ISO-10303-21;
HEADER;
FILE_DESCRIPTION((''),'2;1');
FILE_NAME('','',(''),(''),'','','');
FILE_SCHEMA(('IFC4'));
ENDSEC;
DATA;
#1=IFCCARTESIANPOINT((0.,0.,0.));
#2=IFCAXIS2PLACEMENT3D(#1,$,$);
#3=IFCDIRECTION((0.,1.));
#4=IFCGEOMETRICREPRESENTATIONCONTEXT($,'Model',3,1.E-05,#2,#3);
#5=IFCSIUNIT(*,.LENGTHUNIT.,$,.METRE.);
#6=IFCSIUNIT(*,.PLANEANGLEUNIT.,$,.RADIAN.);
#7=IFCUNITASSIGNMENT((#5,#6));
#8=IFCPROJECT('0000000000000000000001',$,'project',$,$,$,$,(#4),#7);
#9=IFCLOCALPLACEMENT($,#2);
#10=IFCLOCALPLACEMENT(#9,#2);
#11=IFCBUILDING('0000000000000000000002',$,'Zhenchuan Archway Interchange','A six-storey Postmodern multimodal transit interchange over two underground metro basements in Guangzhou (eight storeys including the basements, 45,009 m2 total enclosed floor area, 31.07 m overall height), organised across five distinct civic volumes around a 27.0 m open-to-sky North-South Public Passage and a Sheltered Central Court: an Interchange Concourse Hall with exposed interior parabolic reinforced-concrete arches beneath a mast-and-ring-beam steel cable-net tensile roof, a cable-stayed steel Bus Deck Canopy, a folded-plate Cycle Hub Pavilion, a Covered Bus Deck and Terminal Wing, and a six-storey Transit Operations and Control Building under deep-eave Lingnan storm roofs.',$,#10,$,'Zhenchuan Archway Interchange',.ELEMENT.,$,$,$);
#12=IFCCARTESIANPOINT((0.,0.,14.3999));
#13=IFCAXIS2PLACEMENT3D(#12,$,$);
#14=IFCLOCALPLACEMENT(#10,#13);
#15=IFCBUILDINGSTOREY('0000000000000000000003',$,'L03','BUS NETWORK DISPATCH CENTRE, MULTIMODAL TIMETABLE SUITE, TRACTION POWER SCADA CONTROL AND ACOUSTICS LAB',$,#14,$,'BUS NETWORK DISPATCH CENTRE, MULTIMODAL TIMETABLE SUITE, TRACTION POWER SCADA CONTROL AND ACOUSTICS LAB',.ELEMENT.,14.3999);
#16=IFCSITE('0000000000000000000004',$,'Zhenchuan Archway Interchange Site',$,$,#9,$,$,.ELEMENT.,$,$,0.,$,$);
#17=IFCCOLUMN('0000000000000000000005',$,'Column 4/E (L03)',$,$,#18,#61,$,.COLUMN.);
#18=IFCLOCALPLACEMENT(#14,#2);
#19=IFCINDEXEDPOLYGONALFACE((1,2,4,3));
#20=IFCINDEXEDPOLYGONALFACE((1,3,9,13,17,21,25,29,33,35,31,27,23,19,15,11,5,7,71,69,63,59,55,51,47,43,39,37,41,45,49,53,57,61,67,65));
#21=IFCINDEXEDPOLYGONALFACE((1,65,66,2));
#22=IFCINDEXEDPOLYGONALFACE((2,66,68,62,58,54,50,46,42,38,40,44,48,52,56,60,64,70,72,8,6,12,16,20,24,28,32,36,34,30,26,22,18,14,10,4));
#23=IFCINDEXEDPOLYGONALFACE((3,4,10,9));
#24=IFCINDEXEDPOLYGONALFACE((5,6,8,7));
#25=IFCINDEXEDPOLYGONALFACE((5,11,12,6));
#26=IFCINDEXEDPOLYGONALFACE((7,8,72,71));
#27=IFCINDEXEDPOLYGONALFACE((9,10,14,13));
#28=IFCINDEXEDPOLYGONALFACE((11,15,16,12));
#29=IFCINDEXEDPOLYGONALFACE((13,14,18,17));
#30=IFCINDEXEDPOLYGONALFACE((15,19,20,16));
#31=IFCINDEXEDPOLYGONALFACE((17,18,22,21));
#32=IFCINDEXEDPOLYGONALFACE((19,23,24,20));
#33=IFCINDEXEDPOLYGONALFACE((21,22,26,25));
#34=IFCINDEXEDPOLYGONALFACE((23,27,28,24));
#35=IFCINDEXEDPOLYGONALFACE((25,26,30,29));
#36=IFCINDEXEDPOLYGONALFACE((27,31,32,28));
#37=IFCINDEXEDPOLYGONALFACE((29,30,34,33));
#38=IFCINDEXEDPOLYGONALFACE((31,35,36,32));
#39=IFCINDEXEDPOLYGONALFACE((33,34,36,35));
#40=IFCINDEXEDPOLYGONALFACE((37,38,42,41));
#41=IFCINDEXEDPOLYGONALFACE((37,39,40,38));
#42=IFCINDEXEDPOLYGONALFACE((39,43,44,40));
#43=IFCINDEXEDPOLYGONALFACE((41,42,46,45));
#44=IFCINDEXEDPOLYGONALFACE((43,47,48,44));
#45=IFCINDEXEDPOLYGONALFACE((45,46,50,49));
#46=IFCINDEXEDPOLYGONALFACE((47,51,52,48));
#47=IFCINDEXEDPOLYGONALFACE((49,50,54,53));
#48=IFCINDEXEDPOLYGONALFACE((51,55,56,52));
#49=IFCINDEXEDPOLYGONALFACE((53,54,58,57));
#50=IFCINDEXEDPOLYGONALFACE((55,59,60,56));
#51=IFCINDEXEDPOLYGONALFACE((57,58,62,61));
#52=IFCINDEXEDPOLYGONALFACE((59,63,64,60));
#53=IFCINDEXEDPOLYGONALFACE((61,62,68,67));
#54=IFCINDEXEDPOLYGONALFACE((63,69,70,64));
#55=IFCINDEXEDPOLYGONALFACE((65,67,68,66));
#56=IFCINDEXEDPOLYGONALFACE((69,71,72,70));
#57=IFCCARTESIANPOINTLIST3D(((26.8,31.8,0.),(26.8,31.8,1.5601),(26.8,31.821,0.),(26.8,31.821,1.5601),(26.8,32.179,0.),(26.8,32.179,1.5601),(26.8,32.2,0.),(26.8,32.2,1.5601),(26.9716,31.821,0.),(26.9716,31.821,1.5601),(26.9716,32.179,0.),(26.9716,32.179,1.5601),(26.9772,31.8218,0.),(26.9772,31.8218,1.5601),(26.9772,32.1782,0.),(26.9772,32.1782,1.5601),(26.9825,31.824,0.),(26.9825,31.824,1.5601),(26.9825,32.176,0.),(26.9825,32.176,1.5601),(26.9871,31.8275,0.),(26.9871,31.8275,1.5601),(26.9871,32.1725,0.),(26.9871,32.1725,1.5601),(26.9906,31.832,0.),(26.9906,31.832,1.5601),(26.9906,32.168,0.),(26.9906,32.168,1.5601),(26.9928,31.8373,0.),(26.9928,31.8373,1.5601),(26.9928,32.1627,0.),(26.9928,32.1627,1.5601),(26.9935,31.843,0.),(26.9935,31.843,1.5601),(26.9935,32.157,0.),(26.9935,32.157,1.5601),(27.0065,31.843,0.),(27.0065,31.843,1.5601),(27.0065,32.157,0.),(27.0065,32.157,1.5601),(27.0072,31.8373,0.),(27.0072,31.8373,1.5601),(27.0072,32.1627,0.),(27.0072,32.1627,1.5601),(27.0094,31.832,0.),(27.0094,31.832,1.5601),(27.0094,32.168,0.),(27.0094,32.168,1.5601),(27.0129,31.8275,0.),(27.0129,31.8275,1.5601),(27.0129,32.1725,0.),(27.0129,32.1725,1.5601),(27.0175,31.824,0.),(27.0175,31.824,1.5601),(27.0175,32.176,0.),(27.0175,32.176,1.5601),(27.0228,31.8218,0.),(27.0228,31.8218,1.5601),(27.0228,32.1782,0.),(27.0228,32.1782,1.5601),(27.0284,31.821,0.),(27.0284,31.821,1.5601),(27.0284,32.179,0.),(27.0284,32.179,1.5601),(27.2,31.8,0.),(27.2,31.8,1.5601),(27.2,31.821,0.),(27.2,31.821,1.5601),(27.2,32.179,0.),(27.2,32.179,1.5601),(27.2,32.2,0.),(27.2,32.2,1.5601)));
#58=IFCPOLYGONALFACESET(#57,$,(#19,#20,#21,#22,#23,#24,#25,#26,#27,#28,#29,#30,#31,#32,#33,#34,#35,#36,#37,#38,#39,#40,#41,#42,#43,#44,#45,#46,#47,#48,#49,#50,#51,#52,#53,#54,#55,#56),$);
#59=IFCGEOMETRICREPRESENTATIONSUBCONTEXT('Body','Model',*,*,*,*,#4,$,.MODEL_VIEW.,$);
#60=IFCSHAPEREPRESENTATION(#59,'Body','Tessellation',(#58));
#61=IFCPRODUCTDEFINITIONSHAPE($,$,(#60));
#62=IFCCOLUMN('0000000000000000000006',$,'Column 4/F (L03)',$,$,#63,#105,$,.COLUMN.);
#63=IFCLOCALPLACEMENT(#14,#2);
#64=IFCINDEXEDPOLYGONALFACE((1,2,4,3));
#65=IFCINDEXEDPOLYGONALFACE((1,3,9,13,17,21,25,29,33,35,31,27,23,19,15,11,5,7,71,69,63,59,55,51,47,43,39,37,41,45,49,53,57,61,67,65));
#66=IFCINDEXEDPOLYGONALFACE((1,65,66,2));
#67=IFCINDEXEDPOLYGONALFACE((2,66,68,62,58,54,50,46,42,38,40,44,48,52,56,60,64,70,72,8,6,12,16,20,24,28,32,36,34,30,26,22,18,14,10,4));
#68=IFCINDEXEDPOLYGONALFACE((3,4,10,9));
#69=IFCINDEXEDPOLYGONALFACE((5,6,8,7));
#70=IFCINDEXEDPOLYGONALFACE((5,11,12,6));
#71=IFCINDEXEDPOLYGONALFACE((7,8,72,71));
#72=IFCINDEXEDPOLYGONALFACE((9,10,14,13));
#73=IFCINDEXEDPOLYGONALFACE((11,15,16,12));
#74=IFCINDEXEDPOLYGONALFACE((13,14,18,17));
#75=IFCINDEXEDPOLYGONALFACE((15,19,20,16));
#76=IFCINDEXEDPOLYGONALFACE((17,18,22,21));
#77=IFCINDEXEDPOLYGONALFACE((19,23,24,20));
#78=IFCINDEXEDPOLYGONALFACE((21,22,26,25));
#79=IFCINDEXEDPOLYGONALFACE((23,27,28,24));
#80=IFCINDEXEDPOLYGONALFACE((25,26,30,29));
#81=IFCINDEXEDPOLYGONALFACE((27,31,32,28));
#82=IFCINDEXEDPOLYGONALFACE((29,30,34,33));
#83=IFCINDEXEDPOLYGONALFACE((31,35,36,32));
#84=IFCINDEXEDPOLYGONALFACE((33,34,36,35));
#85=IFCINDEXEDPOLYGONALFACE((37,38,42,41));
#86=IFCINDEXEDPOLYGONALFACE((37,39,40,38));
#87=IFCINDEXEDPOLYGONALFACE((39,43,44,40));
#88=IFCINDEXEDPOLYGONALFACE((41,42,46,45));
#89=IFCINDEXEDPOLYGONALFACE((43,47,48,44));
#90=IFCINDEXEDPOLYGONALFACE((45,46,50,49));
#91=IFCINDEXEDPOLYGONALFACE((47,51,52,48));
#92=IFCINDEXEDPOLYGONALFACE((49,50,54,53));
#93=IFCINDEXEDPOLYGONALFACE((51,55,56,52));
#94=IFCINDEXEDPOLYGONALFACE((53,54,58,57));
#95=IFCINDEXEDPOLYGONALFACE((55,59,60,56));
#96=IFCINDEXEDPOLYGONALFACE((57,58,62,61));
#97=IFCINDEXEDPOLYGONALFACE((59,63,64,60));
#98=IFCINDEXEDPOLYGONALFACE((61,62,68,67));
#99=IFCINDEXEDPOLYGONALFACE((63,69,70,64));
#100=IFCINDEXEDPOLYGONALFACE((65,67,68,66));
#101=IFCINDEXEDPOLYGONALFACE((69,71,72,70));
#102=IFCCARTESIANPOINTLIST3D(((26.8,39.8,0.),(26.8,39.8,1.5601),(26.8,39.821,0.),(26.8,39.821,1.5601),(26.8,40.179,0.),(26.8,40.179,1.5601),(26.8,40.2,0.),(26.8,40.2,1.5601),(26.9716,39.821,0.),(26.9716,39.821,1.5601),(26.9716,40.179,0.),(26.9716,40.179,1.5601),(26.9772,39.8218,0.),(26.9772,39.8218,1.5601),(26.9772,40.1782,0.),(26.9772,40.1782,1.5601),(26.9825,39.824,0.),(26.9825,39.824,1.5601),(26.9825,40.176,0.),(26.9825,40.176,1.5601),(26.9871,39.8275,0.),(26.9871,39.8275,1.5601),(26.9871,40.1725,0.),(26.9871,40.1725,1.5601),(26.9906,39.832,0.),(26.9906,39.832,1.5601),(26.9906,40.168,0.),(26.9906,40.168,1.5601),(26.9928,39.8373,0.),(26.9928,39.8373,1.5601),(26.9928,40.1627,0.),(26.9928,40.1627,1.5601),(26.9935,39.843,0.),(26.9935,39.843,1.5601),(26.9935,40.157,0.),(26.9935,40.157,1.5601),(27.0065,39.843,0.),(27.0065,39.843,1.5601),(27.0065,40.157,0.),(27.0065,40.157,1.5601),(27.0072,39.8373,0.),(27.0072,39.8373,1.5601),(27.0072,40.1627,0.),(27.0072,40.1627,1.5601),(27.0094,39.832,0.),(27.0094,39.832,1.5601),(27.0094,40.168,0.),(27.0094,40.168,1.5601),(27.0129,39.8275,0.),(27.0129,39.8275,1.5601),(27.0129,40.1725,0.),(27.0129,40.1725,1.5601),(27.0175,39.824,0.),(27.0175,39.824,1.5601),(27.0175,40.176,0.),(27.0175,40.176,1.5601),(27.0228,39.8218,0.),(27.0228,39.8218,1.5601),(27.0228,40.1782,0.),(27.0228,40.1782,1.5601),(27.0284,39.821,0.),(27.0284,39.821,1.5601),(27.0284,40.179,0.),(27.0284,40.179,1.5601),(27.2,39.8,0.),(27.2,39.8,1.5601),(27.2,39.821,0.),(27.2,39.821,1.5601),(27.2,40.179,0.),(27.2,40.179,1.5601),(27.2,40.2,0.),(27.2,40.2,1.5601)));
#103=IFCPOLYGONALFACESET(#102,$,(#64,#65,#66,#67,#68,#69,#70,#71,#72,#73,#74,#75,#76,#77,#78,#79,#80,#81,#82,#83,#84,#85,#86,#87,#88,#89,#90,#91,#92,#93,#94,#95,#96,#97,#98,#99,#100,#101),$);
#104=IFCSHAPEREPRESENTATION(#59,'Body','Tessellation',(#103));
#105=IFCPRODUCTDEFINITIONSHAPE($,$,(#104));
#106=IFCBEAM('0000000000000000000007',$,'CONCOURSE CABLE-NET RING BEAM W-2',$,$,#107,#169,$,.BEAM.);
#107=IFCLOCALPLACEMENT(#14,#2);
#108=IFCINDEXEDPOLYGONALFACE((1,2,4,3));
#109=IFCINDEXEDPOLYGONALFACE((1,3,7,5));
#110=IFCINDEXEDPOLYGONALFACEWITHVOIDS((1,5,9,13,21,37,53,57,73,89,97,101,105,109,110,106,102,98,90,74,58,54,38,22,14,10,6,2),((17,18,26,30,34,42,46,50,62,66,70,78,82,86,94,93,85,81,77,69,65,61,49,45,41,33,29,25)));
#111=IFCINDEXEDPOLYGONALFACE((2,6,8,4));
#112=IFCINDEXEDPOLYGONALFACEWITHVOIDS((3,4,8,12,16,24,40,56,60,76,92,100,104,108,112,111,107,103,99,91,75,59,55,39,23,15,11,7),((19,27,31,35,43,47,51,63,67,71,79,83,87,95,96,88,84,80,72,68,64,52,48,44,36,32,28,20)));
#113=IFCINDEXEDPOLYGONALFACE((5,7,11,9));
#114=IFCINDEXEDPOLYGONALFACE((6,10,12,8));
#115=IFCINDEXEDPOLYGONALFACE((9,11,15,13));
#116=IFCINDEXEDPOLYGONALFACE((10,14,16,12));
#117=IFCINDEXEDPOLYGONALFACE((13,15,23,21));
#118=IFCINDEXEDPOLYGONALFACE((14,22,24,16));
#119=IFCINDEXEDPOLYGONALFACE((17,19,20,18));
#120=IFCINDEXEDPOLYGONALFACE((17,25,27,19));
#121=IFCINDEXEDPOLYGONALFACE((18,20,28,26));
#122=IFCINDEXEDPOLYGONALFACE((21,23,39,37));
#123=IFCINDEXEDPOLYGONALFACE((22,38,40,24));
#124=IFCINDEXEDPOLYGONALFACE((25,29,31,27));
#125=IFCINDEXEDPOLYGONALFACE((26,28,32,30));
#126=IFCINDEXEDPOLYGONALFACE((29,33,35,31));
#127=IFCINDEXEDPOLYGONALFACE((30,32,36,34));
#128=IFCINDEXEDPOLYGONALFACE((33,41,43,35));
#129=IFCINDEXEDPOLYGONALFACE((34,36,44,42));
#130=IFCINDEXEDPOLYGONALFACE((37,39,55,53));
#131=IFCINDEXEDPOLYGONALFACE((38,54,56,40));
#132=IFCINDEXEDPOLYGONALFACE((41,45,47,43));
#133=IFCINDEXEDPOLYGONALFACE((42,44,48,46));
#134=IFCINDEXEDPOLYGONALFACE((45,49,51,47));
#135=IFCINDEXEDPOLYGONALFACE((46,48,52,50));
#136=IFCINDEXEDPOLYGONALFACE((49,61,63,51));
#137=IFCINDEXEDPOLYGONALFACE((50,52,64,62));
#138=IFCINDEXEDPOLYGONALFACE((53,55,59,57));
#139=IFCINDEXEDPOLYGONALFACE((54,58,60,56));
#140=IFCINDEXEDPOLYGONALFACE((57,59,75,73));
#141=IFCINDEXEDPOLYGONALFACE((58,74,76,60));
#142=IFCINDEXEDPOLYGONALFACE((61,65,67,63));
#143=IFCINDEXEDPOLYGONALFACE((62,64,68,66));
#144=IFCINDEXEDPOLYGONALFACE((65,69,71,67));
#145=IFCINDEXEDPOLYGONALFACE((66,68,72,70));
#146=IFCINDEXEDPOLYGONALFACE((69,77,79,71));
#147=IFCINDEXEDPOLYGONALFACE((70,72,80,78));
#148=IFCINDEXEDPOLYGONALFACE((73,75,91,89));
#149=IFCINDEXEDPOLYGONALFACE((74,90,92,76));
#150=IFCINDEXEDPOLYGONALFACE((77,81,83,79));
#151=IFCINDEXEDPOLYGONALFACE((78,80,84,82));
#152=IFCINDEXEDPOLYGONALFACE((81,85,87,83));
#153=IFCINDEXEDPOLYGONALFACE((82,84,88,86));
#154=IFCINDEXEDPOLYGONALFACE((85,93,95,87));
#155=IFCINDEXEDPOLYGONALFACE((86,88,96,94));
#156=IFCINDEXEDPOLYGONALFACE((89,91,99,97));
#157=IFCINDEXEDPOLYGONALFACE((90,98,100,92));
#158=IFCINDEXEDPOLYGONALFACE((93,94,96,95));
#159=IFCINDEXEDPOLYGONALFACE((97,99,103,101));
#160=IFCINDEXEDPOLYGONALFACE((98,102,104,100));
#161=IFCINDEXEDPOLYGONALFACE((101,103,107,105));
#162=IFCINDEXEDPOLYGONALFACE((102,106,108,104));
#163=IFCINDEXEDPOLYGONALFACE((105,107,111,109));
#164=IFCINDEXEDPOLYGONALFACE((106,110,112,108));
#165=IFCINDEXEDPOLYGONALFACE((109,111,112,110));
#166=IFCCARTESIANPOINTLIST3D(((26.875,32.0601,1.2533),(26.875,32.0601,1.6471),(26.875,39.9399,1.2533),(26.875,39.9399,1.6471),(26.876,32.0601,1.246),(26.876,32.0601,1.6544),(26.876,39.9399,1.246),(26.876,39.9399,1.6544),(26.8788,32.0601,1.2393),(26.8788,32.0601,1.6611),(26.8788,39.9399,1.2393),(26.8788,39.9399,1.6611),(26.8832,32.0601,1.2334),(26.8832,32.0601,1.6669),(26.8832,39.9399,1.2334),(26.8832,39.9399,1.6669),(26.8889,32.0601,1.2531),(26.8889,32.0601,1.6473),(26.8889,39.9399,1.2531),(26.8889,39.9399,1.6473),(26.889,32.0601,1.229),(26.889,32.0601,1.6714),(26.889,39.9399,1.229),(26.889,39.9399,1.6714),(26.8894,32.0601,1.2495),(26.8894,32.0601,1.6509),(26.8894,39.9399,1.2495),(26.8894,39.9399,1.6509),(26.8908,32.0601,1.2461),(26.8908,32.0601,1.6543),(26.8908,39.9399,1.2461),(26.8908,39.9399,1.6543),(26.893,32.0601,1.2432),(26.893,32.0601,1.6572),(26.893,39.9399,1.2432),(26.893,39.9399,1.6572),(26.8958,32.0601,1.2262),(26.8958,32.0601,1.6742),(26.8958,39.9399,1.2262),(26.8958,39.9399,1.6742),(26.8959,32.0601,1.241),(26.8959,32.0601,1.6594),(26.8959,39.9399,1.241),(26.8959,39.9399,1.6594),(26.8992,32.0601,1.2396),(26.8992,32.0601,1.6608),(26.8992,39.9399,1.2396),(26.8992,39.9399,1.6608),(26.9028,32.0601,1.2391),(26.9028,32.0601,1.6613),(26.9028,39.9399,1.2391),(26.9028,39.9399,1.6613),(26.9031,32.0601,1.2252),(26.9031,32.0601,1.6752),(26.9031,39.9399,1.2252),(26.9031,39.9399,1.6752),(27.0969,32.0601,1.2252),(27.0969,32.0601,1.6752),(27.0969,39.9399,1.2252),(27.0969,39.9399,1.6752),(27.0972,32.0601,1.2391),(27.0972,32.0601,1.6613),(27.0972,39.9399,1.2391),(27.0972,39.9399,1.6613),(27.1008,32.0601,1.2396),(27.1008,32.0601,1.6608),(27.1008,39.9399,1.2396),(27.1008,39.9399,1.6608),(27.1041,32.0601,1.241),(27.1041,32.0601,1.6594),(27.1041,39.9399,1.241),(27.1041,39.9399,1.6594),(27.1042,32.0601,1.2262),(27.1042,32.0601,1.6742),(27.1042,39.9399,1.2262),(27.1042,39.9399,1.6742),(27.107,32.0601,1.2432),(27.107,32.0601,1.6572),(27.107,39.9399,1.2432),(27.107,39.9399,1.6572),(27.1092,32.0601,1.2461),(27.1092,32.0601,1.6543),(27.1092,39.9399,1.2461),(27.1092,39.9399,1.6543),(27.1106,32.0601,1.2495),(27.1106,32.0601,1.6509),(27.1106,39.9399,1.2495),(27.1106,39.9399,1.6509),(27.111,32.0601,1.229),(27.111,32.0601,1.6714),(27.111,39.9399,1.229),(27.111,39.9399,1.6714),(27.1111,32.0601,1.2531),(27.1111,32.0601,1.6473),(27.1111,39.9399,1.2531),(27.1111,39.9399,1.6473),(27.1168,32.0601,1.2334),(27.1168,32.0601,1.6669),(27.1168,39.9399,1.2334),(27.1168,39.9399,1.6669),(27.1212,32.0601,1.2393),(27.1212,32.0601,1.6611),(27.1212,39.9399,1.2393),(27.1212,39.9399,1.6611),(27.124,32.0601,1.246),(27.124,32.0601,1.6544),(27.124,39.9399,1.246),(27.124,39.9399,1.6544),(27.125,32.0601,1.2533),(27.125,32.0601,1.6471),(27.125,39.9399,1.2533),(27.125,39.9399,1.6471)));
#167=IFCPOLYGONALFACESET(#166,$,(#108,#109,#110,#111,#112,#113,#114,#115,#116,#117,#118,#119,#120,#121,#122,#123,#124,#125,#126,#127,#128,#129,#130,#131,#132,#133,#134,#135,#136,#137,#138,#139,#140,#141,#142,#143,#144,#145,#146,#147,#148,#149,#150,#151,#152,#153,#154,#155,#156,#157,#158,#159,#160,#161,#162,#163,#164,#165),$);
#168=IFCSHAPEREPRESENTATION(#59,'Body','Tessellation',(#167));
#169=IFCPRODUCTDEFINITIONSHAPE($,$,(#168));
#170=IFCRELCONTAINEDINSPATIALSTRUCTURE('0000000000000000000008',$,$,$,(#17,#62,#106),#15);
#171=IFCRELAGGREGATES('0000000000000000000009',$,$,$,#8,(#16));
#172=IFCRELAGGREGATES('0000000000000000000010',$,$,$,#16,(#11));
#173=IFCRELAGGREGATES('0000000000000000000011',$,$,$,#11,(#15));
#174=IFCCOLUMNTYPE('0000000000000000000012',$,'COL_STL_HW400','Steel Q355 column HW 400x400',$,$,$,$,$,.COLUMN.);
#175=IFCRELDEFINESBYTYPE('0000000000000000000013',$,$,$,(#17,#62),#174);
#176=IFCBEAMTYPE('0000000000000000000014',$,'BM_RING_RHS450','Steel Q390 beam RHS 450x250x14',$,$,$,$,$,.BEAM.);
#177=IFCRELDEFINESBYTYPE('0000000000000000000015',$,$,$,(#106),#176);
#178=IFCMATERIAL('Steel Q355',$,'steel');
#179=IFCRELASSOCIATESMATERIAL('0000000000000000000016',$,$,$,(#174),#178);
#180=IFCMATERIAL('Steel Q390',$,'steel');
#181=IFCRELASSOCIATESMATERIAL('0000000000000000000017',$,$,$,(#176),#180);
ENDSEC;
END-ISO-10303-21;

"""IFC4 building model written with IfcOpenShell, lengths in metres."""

from ifc_helpers import new_model, si_unit, direction, frame, origin, origin_2d, place, context, subcontext, project, spatial, hollow_rectangle, i_section, extrude, material, material_profile, profile_set, type_object, element, save


model = new_model("IFC4")

# Units and contexts
model_context = context("Model", 3, precision=1e-05, world=origin(), true_north=direction((0.0, 1.0)))
body_context = subcontext(model_context, "Body", "Model", "MODEL_VIEW")
ifc_project = project(units=[si_unit("LENGTHUNIT", "METRE"), si_unit("PLANEANGLEUNIT", "RADIAN")], contexts=[model_context])

# Site, building, storey
site_placement = place(None, origin())
site = spatial("IfcSite", under=ifc_project, at=site_placement, Name="Zhenchuan Archway Interchange Site", CompositionType="ELEMENT", RefElevation=0.0)
building_placement = place(site_placement, origin())
building = spatial("IfcBuilding", under=site, at=building_placement, Name="Zhenchuan Archway Interchange", Description="A six-storey Postmodern multimodal transit interchange over two underground metro basements in Guangzhou (eight storeys including the basements, 45,009 m2 total enclosed floor area, 31.07 m overall height), organised across five distinct civic volumes around a 27.0 m open-to-sky North-South Public Passage and a Sheltered Central Court: an Interchange Concourse Hall with exposed interior parabolic reinforced-concrete arches beneath a mast-and-ring-beam steel cable-net tensile roof, a cable-stayed steel Bus Deck Canopy, a folded-plate Cycle Hub Pavilion, a Covered Bus Deck and Terminal Wing, and a six-storey Transit Operations and Control Building under deep-eave Lingnan storm roofs.", LongName="Zhenchuan Archway Interchange", CompositionType="ELEMENT")
storey_placement = place(building_placement, frame((0.0, 0.0, 14.3999)))
storey = spatial("IfcBuildingStorey", under=building, at=storey_placement, Name="L03", Description="BUS NETWORK DISPATCH CENTRE, MULTIMODAL TIMETABLE SUITE, TRACTION POWER SCADA CONTROL AND ACOUSTICS LAB", LongName="BUS NETWORK DISPATCH CENTRE, MULTIMODAL TIMETABLE SUITE, TRACTION POWER SCADA CONTROL AND ACOUSTICS LAB", CompositionType="ELEMENT", Elevation=14.3999)

# Columns
ifc_material_1 = material(Name="Steel Q355", Category="steel")
ifc_material_profile_1 = material_profile(ifc_material_1, i_section(OverallWidth=0.3999, OverallDepth=0.3999, WebThickness=0.0129, FlangeThickness=0.021, FilletRadius=0.022, at=origin_2d()), Name="HW 400x400")
ifc_profile_set_1 = profile_set([ifc_material_profile_1], Name="Steel Q355")
column_type = type_object("IfcColumnType", Name="COL_STL_HW400", Description="Steel Q355 column HW 400x400", PredefinedType="COLUMN", material=ifc_profile_set_1)
for number, where, z_axis, x_axis, name in (
    (1, (27.0, 32.0, 0.0), (0.0, 0.0, 1.0), (1.0, 0.0, 0.0), "Column 4/E (L03)"),
    (2, (27.0, 40.0, 0.0), (0.0, 0.0, 1.0), (1.0, 0.0, 0.0), "Column 4/F (L03)"),
):
    element("IfcColumn", number, at=place(storey_placement, frame(where, z_axis=z_axis, x_axis=x_axis)), inside=storey, type_object=column_type, Name=name, PredefinedType="COLUMN", context=body_context, shape_type="SweptSolid", body=[
        extrude(i_section(OverallWidth=0.3999, OverallDepth=0.3999, WebThickness=0.0129, FlangeThickness=0.021, FilletRadius=0.022, at=origin_2d()), origin(), (0.0, 0.0, 1.0), 1.5601),
    ])

# Beam
ifc_material_2 = material(Name="Steel Q390", Category="steel")
ifc_material_profile_2 = material_profile(ifc_material_2, hollow_rectangle(XDim=0.25, YDim=0.45, WallThickness=0.0139, InnerFilletRadius=0.0139, OuterFilletRadius=0.0281, at=origin_2d()), Name="RHS 450x250x14")
ifc_profile_set_2 = profile_set([ifc_material_profile_2], Name="Steel Q390")
beam_type_1 = type_object("IfcBeamType", Name="BM_RING_RHS450", Description="Steel Q390 beam RHS 450x250x14", PredefinedType="BEAM", material=ifc_profile_set_2)
for number, where, z_axis, x_axis, name in (
    (3, (27.0, 32.0601, 1.4502), (0.0, 1.0, 0.0), (-1.0, 0.0, 0.0), "CONCOURSE CABLE-NET RING BEAM W-2"),
):
    element("IfcBeam", number, at=place(storey_placement, frame(where, z_axis=z_axis, x_axis=x_axis)), inside=storey, type_object=beam_type_1, Name=name, PredefinedType="BEAM", context=body_context, shape_type="SweptSolid", body=[
        extrude(hollow_rectangle(XDim=0.25, YDim=0.45, WallThickness=0.0139, InnerFilletRadius=0.0139, OuterFilletRadius=0.0281, at=origin_2d()), origin(), (0.0, 0.0, 1.0), 7.8799),
    ])

save(model, "model.ifc")
